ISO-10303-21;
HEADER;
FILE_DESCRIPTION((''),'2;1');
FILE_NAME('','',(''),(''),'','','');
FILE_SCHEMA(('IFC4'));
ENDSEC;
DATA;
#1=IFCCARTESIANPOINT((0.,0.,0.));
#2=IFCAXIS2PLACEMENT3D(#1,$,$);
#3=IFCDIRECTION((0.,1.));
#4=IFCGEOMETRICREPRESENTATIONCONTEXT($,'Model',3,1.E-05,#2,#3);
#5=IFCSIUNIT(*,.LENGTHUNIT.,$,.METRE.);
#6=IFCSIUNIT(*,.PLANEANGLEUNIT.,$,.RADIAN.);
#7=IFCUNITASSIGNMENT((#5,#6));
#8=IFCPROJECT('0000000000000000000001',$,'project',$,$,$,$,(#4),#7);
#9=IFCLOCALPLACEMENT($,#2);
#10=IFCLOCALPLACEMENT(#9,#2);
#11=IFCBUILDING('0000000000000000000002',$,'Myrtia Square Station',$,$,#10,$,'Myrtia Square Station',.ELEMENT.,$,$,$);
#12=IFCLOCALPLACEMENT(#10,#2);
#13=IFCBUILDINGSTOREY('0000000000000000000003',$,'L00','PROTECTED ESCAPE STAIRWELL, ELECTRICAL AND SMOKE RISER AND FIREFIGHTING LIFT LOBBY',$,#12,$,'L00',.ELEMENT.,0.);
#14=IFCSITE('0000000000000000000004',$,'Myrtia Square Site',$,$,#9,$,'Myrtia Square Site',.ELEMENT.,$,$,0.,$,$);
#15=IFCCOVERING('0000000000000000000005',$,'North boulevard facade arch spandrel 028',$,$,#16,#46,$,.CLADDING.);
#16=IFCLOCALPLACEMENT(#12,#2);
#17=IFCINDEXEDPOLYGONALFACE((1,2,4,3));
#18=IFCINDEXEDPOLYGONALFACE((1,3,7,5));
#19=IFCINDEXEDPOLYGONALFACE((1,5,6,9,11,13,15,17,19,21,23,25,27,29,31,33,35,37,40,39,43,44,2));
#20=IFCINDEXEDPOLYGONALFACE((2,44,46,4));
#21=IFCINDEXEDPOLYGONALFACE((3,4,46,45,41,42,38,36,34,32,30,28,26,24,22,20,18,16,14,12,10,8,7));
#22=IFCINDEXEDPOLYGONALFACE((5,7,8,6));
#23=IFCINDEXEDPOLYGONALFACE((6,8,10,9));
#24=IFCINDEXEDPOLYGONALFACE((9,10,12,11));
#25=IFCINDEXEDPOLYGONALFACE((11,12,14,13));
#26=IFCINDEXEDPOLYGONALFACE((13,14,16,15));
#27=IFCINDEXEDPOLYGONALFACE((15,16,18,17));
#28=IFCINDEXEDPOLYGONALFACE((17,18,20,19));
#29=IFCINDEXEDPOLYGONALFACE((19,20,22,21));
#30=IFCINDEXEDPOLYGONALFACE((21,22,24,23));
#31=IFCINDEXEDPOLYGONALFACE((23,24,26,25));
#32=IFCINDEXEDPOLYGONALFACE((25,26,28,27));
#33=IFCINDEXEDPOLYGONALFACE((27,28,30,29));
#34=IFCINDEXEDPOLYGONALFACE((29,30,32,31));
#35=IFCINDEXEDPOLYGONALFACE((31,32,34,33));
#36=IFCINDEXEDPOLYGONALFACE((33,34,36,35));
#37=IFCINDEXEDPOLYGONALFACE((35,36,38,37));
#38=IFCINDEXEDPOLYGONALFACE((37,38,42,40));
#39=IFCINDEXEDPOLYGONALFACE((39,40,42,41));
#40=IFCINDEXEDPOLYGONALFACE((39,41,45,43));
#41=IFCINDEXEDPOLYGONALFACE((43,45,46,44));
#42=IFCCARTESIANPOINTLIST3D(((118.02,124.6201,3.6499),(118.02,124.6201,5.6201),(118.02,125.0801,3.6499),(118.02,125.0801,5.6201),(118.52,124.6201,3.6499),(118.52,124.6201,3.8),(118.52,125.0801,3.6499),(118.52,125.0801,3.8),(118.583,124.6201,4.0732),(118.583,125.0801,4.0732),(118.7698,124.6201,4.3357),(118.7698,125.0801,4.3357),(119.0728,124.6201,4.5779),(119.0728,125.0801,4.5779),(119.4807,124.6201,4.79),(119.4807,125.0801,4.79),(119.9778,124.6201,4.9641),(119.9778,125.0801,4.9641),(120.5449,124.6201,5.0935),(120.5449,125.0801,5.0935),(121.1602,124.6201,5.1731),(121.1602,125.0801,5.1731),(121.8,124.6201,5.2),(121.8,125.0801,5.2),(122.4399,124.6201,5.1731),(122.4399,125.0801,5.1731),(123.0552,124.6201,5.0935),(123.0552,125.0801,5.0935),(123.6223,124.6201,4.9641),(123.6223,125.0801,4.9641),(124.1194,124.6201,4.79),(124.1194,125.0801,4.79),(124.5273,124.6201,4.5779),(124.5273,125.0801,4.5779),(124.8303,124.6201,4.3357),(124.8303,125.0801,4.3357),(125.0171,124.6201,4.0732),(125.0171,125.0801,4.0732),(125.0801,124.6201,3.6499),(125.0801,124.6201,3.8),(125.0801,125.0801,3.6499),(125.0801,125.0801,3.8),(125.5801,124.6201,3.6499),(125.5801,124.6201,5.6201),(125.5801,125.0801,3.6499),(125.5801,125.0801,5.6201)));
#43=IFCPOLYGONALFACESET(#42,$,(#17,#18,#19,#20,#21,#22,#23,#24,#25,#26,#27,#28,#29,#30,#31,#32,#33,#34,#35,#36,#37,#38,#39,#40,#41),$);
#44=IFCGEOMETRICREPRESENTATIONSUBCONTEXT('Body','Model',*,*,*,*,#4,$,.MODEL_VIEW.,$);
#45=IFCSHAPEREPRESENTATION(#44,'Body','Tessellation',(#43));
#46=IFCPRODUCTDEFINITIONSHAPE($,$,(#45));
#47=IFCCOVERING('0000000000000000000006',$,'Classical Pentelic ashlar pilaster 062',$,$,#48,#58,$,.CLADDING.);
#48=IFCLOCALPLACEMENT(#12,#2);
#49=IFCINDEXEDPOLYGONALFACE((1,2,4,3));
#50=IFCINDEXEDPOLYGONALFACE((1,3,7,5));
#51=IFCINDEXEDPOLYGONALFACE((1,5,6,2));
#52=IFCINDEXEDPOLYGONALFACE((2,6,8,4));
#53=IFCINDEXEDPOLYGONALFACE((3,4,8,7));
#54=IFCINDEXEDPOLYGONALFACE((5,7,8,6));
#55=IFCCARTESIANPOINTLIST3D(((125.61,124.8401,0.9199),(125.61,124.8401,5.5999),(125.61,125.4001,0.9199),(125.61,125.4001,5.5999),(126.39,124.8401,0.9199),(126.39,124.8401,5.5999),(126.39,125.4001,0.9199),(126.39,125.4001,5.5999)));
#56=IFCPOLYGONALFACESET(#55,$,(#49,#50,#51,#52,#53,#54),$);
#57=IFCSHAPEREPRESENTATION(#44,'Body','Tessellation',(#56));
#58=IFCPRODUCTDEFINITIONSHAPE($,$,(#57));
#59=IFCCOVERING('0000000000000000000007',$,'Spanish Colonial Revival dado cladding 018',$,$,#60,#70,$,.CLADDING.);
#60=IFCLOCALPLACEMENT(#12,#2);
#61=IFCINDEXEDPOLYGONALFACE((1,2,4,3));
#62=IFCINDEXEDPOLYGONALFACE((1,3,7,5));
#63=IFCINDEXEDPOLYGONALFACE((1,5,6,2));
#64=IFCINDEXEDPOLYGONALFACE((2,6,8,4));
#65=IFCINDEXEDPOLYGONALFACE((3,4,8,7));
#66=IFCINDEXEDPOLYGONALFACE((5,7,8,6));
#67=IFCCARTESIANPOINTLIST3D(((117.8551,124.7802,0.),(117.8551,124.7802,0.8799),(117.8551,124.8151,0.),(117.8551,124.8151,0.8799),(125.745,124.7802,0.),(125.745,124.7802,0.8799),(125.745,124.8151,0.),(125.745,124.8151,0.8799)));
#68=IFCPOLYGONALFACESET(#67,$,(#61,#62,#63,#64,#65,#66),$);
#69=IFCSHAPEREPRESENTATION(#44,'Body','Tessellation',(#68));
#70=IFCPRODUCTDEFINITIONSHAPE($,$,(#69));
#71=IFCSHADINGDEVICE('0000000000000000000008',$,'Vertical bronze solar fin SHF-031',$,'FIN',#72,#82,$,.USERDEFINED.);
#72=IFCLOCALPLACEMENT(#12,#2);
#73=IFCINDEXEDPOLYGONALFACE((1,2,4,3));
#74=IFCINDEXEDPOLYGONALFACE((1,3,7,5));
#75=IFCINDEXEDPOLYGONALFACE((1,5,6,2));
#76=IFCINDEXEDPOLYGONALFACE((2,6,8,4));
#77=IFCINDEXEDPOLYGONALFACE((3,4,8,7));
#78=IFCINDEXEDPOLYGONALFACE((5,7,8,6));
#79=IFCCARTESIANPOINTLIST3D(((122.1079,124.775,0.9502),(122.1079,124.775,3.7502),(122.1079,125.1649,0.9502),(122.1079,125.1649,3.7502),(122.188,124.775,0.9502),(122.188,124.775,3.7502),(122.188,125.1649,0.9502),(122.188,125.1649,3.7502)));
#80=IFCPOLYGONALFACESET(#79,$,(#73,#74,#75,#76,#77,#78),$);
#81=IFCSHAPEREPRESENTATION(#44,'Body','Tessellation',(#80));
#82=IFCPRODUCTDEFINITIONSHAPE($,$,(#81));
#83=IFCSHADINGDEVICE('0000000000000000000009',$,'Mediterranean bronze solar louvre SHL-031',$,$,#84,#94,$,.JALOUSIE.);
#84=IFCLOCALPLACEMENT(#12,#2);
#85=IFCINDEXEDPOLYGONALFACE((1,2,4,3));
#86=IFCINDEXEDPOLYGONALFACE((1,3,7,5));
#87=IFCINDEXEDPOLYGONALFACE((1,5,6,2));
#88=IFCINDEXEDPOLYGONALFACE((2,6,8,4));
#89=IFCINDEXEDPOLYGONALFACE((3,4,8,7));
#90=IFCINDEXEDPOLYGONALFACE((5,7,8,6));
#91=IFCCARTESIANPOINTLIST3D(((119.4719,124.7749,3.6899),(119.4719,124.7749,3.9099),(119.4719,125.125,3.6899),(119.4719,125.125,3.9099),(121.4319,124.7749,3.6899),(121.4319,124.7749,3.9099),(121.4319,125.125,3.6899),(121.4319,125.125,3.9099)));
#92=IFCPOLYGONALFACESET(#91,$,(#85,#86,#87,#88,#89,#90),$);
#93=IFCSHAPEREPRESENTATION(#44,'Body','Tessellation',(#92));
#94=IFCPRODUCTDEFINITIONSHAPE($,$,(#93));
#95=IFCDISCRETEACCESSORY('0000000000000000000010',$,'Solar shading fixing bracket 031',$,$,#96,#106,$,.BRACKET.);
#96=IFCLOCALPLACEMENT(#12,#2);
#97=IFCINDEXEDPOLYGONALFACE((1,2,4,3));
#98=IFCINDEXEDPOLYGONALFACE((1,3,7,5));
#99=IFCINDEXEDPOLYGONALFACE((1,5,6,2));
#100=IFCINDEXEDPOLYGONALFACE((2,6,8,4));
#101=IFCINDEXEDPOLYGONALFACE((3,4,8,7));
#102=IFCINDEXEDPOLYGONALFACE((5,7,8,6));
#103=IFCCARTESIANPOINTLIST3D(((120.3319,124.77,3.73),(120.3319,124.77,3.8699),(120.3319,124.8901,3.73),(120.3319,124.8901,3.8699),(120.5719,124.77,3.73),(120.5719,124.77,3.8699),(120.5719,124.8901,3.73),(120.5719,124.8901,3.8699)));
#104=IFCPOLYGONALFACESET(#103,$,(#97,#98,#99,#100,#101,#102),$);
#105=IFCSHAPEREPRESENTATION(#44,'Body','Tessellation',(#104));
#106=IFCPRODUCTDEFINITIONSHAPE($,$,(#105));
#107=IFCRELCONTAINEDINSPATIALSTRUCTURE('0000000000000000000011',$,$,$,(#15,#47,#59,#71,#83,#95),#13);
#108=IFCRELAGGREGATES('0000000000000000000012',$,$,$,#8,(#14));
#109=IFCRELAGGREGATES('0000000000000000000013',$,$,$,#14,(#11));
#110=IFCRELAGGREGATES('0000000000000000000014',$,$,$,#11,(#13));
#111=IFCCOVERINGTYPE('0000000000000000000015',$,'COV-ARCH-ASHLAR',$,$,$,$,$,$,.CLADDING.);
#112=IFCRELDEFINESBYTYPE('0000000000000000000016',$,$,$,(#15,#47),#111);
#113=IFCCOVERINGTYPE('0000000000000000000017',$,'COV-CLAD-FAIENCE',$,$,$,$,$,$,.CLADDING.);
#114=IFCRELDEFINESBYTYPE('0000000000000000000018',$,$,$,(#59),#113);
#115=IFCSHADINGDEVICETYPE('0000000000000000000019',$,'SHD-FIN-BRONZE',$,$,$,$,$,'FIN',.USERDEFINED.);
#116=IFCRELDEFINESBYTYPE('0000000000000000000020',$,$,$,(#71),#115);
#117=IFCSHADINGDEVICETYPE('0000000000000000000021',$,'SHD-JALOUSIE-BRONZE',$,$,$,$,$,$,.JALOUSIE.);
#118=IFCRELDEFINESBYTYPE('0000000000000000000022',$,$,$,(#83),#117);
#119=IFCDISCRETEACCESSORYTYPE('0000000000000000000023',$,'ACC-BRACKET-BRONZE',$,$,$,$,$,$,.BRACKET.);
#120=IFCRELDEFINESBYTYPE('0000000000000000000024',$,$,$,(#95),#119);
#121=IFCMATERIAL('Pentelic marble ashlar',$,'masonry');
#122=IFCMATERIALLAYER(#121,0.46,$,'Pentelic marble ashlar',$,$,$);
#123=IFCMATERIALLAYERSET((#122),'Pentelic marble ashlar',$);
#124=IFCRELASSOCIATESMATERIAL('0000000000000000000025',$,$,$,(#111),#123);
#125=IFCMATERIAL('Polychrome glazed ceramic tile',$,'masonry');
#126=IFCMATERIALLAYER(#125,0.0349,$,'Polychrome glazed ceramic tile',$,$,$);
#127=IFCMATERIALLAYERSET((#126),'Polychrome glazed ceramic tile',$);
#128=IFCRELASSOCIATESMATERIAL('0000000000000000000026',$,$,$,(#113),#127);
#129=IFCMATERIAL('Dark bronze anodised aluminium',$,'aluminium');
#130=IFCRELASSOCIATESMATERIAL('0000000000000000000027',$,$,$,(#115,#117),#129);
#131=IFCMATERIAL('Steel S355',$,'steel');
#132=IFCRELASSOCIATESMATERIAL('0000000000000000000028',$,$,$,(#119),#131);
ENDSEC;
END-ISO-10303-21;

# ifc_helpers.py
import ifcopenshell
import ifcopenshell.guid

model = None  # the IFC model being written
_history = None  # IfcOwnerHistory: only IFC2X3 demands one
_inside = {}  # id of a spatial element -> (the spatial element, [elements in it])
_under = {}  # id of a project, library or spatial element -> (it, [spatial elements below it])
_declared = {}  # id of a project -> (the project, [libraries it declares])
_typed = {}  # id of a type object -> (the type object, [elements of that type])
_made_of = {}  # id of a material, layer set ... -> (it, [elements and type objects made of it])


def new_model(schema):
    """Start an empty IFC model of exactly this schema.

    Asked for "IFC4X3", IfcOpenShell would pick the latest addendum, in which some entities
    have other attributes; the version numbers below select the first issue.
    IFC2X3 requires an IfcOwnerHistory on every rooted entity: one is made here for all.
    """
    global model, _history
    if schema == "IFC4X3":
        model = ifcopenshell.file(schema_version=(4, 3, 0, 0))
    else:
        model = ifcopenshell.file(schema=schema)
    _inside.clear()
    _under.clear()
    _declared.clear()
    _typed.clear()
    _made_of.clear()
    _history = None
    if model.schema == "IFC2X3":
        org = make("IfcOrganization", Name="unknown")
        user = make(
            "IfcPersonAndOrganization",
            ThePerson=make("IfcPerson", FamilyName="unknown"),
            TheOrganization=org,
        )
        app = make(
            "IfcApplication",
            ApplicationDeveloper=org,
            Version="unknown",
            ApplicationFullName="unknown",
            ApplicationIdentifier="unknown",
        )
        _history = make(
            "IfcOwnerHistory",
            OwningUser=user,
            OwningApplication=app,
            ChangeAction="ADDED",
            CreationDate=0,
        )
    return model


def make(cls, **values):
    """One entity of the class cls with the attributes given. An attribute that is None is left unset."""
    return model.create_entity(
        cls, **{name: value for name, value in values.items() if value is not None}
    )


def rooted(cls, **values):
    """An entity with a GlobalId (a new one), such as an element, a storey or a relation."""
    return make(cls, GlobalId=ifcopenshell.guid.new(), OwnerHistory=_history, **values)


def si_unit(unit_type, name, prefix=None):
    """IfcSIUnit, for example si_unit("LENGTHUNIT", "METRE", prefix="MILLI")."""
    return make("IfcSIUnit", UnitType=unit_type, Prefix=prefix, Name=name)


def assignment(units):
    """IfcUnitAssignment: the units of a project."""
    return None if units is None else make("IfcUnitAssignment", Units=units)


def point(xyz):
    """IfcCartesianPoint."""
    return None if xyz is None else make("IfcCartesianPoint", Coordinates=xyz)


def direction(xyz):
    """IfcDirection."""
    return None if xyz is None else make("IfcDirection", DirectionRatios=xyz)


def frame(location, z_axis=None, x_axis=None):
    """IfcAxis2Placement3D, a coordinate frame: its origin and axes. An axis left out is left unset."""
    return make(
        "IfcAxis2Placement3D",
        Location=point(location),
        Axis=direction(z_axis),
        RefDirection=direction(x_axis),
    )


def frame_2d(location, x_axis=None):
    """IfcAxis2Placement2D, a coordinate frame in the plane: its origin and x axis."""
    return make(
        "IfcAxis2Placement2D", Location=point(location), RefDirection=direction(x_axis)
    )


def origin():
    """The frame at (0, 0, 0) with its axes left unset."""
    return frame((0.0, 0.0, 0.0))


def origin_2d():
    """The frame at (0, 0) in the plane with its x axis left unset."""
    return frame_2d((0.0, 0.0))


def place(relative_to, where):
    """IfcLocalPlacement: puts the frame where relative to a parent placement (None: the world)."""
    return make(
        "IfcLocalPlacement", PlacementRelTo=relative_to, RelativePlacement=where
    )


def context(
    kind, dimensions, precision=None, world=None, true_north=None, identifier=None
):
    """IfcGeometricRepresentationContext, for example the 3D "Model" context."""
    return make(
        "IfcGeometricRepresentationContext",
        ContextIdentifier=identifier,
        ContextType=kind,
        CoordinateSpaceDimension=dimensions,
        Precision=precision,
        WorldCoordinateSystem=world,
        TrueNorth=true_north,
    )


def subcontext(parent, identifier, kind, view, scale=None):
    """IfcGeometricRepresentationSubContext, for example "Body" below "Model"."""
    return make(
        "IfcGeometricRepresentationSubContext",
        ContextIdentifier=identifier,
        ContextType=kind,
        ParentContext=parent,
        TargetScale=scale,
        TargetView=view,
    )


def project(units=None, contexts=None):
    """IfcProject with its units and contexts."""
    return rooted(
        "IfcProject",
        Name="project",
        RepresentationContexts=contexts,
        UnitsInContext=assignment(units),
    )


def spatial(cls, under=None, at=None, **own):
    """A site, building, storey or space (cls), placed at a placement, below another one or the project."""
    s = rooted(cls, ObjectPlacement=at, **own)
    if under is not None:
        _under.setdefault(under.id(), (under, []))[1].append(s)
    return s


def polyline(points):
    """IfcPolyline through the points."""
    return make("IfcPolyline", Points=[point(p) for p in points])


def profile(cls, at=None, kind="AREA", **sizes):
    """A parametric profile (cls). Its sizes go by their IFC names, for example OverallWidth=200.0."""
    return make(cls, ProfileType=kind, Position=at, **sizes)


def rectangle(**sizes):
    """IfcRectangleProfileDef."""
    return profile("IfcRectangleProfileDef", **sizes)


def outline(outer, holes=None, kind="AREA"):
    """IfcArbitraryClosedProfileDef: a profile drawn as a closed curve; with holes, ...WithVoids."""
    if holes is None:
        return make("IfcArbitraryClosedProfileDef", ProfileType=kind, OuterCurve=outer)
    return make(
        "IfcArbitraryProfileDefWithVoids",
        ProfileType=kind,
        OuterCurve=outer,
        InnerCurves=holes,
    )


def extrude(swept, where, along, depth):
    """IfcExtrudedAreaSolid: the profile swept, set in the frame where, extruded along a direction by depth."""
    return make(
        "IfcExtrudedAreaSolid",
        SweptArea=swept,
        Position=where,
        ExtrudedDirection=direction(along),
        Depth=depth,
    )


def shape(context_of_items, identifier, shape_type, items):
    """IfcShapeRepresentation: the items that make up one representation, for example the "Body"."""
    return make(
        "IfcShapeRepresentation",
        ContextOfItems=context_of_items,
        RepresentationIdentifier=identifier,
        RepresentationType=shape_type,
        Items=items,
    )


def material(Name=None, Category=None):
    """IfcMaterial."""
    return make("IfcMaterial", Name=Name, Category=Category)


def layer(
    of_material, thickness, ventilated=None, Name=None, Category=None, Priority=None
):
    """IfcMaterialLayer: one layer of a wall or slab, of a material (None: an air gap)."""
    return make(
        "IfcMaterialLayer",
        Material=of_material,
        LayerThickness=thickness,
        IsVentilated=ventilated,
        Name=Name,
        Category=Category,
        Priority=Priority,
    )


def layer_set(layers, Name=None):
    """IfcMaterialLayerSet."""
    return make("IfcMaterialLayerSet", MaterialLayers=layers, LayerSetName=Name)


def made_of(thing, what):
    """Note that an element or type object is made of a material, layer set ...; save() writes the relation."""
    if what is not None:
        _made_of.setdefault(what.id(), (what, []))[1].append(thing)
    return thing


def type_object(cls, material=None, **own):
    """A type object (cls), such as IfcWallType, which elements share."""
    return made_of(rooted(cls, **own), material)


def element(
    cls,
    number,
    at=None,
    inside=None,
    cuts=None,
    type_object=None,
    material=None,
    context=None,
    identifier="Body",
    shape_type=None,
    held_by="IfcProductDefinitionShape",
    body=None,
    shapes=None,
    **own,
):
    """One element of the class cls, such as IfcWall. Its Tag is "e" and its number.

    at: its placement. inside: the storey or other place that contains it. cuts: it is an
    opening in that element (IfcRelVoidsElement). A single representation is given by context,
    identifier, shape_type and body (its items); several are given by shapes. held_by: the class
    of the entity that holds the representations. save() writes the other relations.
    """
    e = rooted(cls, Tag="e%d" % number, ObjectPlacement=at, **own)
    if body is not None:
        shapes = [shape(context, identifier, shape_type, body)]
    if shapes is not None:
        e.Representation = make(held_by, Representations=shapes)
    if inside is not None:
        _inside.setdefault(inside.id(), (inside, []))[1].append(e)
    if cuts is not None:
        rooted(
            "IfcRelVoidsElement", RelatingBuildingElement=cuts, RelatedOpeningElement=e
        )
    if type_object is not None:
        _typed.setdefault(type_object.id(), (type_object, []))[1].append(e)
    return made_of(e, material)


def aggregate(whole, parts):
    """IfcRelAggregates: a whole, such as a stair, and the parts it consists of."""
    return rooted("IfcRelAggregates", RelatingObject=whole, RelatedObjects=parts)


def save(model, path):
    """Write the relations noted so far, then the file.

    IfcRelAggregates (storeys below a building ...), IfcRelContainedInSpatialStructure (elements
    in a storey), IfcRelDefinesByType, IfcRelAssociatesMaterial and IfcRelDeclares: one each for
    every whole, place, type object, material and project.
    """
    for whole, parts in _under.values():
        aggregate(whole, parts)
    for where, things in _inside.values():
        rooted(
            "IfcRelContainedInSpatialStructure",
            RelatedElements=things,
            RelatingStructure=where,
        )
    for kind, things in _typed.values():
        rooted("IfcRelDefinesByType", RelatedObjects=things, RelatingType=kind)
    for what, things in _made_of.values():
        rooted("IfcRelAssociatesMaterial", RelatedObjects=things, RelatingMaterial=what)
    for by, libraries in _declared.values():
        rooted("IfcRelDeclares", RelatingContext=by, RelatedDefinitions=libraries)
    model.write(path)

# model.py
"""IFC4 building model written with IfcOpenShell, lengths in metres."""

from ifc_helpers import new_model, si_unit, direction, frame, origin, origin_2d, place, context, subcontext, project, spatial, polyline, rectangle, outline, extrude, material, layer, layer_set, type_object, element, save


model = new_model("IFC4")

# Units and contexts
model_context = context("Model", 3, precision=1e-05, world=origin(), true_north=direction((0.0, 1.0)))
body_context = subcontext(model_context, "Body", "Model", "MODEL_VIEW")
ifc_project = project(units=[si_unit("LENGTHUNIT", "METRE"), si_unit("PLANEANGLEUNIT", "RADIAN")], contexts=[model_context])

# Site, building, storey
site_placement = place(None, origin())
site = spatial("IfcSite", under=ifc_project, at=site_placement, Name="Myrtia Square Site", LongName="Myrtia Square Site", CompositionType="ELEMENT", RefElevation=0.0)
building_placement = place(site_placement, origin())
building = spatial("IfcBuilding", under=site, at=building_placement, Name="Myrtia Square Station", LongName="Myrtia Square Station", CompositionType="ELEMENT")
storey_placement = place(building_placement, origin())
storey = spatial("IfcBuildingStorey", under=building, at=storey_placement, Name="L00", Description="PROTECTED ESCAPE STAIRWELL, ELECTRICAL AND SMOKE RISER AND FIREFIGHTING LIFT LOBBY", LongName="L00", CompositionType="ELEMENT", Elevation=0.0)

# Shared definitions
ifc_material_1 = material(Name="Steel S355", Category="steel")

# Coverings
ifc_material_2 = material(Name="Pentelic marble ashlar", Category="masonry")
ifc_layer_1 = layer(ifc_material_2, 0.46, Name="Pentelic marble ashlar")
ifc_layer_set_1 = layer_set([ifc_layer_1], Name="Pentelic marble ashlar")
covering_type_1 = type_object("IfcCoveringType", Name="COV-ARCH-ASHLAR", PredefinedType="CLADDING", material=ifc_layer_set_1)
covering_1_placement = place(storey_placement, frame((118.02, 124.8501, 3.6499), z_axis=(0.0, 0.0, 1.0), x_axis=(1.0, 0.0, 0.0)))
element("IfcCovering", 1, at=covering_1_placement, inside=storey, type_object=covering_type_1, Name="North boulevard facade arch spandrel 028", PredefinedType="CLADDING", context=body_context, shape_type="SweptSolid", body=[
    extrude(outline(polyline([(0.0, 0.0), (0.5, 0.0), (0.5, 0.1501), (0.563, 0.4233), (0.7498, 0.6858), (1.0527, 0.928), (1.4607, 1.1401), (1.9578, 1.3142), (2.5249, 1.4436), (3.1401, 1.5232), (3.78, 1.55), (4.4199, 1.5232), (5.0352, 1.4436), (5.6023, 1.3142), (6.0994, 1.1401), (6.5073, 0.928), (6.8103, 0.6858), (6.9971, 0.4233), (7.0601, 0.1501), (7.0601, 0.0), (7.5601, 0.0), (7.5601, 1.9702), (0.0, 1.9702), (0.0, 0.0)])), frame((0.0, 0.23, 0.0), z_axis=(0.0, -1.0, 0.0), x_axis=(1.0, 0.0, 0.0)), (0.0, 0.0, 1.0), 0.46),
])
covering_2_placement = place(storey_placement, frame((126.0, 125.1201, 0.9199), z_axis=(0.0, 0.0, 1.0), x_axis=(1.0, 0.0, 0.0)))
element("IfcCovering", 2, at=covering_2_placement, inside=storey, type_object=covering_type_1, Name="Classical Pentelic ashlar pilaster 062", PredefinedType="CLADDING", context=body_context, shape_type="SweptSolid", body=[
    extrude(rectangle(XDim=0.78, YDim=0.5601, at=origin_2d()), origin(), (0.0, 0.0, 1.0), 4.6799),
])
ifc_material_3 = material(Name="Polychrome glazed ceramic tile", Category="masonry")
ifc_layer_2 = layer(ifc_material_3, 0.0349, Name="Polychrome glazed ceramic tile")
ifc_layer_set_2 = layer_set([ifc_layer_2], Name="Polychrome glazed ceramic tile")
covering_type_2 = type_object("IfcCoveringType", Name="COV-CLAD-FAIENCE", PredefinedType="CLADDING", material=ifc_layer_set_2)
covering_3_placement = place(storey_placement, frame((121.8, 124.7976, 0.0), z_axis=(0.0, 0.0, 1.0), x_axis=(1.0, 0.0, 0.0)))
element("IfcCovering", 3, at=covering_3_placement, inside=storey, type_object=covering_type_2, Name="Spanish Colonial Revival dado cladding 018", PredefinedType="CLADDING", context=body_context, shape_type="SweptSolid", body=[
    extrude(rectangle(XDim=7.8899, YDim=0.0349, at=origin_2d()), origin(), (0.0, 0.0, 1.0), 0.8799),
])

# Shading devices
ifc_material_4 = material(Name="Dark bronze anodised aluminium", Category="aluminium")
shading_device_type_1 = type_object("IfcShadingDeviceType", Name="SHD-FIN-BRONZE", ElementType="FIN", PredefinedType="USERDEFINED", material=ifc_material_4)
shading_device_1_placement = place(storey_placement, frame((122.1479, 124.97, 0.9502), z_axis=(0.0, 0.0, 1.0), x_axis=(1.0, 0.0, 0.0)))
element("IfcShadingDevice", 4, at=shading_device_1_placement, inside=storey, type_object=shading_device_type_1, Name="Vertical bronze solar fin SHF-031", ObjectType="FIN", PredefinedType="USERDEFINED", context=body_context, shape_type="SweptSolid", body=[
    extrude(rectangle(XDim=0.0801, YDim=0.3899, at=origin_2d()), origin(), (0.0, 0.0, 1.0), 2.8),
])
shading_device_type_2 = type_object("IfcShadingDeviceType", Name="SHD-JALOUSIE-BRONZE", PredefinedType="JALOUSIE", material=ifc_material_4)
shading_device_2_placement = place(storey_placement, frame((120.4519, 124.95, 3.6899), z_axis=(0.0, 0.0, 1.0), x_axis=(1.0, 0.0, 0.0)))
element("IfcShadingDevice", 5, at=shading_device_2_placement, inside=storey, type_object=shading_device_type_2, Name="Mediterranean bronze solar louvre SHL-031", PredefinedType="JALOUSIE", context=body_context, shape_type="SweptSolid", body=[
    extrude(rectangle(XDim=1.96, YDim=0.3501, at=origin_2d()), origin(), (0.0, 0.0, 1.0), 0.22),
])

# Discrete accessory
discrete_accessory_type = type_object("IfcDiscreteAccessoryType", Name="ACC-BRACKET-BRONZE", PredefinedType="BRACKET", material=ifc_material_1)
discrete_accessory_placement = place(storey_placement, frame((120.4519, 124.8301, 3.73), z_axis=(0.0, 0.0, 1.0), x_axis=(1.0, 0.0, 0.0)))
element("IfcDiscreteAccessory", 6, at=discrete_accessory_placement, inside=storey, type_object=discrete_accessory_type, Name="Solar shading fixing bracket 031", PredefinedType="BRACKET", context=body_context, shape_type="SweptSolid", body=[
    extrude(rectangle(XDim=0.24, YDim=0.1201, at=origin_2d()), origin(), (0.0, 0.0, 1.0), 0.1399),
])

save(model, "model.ifc")
